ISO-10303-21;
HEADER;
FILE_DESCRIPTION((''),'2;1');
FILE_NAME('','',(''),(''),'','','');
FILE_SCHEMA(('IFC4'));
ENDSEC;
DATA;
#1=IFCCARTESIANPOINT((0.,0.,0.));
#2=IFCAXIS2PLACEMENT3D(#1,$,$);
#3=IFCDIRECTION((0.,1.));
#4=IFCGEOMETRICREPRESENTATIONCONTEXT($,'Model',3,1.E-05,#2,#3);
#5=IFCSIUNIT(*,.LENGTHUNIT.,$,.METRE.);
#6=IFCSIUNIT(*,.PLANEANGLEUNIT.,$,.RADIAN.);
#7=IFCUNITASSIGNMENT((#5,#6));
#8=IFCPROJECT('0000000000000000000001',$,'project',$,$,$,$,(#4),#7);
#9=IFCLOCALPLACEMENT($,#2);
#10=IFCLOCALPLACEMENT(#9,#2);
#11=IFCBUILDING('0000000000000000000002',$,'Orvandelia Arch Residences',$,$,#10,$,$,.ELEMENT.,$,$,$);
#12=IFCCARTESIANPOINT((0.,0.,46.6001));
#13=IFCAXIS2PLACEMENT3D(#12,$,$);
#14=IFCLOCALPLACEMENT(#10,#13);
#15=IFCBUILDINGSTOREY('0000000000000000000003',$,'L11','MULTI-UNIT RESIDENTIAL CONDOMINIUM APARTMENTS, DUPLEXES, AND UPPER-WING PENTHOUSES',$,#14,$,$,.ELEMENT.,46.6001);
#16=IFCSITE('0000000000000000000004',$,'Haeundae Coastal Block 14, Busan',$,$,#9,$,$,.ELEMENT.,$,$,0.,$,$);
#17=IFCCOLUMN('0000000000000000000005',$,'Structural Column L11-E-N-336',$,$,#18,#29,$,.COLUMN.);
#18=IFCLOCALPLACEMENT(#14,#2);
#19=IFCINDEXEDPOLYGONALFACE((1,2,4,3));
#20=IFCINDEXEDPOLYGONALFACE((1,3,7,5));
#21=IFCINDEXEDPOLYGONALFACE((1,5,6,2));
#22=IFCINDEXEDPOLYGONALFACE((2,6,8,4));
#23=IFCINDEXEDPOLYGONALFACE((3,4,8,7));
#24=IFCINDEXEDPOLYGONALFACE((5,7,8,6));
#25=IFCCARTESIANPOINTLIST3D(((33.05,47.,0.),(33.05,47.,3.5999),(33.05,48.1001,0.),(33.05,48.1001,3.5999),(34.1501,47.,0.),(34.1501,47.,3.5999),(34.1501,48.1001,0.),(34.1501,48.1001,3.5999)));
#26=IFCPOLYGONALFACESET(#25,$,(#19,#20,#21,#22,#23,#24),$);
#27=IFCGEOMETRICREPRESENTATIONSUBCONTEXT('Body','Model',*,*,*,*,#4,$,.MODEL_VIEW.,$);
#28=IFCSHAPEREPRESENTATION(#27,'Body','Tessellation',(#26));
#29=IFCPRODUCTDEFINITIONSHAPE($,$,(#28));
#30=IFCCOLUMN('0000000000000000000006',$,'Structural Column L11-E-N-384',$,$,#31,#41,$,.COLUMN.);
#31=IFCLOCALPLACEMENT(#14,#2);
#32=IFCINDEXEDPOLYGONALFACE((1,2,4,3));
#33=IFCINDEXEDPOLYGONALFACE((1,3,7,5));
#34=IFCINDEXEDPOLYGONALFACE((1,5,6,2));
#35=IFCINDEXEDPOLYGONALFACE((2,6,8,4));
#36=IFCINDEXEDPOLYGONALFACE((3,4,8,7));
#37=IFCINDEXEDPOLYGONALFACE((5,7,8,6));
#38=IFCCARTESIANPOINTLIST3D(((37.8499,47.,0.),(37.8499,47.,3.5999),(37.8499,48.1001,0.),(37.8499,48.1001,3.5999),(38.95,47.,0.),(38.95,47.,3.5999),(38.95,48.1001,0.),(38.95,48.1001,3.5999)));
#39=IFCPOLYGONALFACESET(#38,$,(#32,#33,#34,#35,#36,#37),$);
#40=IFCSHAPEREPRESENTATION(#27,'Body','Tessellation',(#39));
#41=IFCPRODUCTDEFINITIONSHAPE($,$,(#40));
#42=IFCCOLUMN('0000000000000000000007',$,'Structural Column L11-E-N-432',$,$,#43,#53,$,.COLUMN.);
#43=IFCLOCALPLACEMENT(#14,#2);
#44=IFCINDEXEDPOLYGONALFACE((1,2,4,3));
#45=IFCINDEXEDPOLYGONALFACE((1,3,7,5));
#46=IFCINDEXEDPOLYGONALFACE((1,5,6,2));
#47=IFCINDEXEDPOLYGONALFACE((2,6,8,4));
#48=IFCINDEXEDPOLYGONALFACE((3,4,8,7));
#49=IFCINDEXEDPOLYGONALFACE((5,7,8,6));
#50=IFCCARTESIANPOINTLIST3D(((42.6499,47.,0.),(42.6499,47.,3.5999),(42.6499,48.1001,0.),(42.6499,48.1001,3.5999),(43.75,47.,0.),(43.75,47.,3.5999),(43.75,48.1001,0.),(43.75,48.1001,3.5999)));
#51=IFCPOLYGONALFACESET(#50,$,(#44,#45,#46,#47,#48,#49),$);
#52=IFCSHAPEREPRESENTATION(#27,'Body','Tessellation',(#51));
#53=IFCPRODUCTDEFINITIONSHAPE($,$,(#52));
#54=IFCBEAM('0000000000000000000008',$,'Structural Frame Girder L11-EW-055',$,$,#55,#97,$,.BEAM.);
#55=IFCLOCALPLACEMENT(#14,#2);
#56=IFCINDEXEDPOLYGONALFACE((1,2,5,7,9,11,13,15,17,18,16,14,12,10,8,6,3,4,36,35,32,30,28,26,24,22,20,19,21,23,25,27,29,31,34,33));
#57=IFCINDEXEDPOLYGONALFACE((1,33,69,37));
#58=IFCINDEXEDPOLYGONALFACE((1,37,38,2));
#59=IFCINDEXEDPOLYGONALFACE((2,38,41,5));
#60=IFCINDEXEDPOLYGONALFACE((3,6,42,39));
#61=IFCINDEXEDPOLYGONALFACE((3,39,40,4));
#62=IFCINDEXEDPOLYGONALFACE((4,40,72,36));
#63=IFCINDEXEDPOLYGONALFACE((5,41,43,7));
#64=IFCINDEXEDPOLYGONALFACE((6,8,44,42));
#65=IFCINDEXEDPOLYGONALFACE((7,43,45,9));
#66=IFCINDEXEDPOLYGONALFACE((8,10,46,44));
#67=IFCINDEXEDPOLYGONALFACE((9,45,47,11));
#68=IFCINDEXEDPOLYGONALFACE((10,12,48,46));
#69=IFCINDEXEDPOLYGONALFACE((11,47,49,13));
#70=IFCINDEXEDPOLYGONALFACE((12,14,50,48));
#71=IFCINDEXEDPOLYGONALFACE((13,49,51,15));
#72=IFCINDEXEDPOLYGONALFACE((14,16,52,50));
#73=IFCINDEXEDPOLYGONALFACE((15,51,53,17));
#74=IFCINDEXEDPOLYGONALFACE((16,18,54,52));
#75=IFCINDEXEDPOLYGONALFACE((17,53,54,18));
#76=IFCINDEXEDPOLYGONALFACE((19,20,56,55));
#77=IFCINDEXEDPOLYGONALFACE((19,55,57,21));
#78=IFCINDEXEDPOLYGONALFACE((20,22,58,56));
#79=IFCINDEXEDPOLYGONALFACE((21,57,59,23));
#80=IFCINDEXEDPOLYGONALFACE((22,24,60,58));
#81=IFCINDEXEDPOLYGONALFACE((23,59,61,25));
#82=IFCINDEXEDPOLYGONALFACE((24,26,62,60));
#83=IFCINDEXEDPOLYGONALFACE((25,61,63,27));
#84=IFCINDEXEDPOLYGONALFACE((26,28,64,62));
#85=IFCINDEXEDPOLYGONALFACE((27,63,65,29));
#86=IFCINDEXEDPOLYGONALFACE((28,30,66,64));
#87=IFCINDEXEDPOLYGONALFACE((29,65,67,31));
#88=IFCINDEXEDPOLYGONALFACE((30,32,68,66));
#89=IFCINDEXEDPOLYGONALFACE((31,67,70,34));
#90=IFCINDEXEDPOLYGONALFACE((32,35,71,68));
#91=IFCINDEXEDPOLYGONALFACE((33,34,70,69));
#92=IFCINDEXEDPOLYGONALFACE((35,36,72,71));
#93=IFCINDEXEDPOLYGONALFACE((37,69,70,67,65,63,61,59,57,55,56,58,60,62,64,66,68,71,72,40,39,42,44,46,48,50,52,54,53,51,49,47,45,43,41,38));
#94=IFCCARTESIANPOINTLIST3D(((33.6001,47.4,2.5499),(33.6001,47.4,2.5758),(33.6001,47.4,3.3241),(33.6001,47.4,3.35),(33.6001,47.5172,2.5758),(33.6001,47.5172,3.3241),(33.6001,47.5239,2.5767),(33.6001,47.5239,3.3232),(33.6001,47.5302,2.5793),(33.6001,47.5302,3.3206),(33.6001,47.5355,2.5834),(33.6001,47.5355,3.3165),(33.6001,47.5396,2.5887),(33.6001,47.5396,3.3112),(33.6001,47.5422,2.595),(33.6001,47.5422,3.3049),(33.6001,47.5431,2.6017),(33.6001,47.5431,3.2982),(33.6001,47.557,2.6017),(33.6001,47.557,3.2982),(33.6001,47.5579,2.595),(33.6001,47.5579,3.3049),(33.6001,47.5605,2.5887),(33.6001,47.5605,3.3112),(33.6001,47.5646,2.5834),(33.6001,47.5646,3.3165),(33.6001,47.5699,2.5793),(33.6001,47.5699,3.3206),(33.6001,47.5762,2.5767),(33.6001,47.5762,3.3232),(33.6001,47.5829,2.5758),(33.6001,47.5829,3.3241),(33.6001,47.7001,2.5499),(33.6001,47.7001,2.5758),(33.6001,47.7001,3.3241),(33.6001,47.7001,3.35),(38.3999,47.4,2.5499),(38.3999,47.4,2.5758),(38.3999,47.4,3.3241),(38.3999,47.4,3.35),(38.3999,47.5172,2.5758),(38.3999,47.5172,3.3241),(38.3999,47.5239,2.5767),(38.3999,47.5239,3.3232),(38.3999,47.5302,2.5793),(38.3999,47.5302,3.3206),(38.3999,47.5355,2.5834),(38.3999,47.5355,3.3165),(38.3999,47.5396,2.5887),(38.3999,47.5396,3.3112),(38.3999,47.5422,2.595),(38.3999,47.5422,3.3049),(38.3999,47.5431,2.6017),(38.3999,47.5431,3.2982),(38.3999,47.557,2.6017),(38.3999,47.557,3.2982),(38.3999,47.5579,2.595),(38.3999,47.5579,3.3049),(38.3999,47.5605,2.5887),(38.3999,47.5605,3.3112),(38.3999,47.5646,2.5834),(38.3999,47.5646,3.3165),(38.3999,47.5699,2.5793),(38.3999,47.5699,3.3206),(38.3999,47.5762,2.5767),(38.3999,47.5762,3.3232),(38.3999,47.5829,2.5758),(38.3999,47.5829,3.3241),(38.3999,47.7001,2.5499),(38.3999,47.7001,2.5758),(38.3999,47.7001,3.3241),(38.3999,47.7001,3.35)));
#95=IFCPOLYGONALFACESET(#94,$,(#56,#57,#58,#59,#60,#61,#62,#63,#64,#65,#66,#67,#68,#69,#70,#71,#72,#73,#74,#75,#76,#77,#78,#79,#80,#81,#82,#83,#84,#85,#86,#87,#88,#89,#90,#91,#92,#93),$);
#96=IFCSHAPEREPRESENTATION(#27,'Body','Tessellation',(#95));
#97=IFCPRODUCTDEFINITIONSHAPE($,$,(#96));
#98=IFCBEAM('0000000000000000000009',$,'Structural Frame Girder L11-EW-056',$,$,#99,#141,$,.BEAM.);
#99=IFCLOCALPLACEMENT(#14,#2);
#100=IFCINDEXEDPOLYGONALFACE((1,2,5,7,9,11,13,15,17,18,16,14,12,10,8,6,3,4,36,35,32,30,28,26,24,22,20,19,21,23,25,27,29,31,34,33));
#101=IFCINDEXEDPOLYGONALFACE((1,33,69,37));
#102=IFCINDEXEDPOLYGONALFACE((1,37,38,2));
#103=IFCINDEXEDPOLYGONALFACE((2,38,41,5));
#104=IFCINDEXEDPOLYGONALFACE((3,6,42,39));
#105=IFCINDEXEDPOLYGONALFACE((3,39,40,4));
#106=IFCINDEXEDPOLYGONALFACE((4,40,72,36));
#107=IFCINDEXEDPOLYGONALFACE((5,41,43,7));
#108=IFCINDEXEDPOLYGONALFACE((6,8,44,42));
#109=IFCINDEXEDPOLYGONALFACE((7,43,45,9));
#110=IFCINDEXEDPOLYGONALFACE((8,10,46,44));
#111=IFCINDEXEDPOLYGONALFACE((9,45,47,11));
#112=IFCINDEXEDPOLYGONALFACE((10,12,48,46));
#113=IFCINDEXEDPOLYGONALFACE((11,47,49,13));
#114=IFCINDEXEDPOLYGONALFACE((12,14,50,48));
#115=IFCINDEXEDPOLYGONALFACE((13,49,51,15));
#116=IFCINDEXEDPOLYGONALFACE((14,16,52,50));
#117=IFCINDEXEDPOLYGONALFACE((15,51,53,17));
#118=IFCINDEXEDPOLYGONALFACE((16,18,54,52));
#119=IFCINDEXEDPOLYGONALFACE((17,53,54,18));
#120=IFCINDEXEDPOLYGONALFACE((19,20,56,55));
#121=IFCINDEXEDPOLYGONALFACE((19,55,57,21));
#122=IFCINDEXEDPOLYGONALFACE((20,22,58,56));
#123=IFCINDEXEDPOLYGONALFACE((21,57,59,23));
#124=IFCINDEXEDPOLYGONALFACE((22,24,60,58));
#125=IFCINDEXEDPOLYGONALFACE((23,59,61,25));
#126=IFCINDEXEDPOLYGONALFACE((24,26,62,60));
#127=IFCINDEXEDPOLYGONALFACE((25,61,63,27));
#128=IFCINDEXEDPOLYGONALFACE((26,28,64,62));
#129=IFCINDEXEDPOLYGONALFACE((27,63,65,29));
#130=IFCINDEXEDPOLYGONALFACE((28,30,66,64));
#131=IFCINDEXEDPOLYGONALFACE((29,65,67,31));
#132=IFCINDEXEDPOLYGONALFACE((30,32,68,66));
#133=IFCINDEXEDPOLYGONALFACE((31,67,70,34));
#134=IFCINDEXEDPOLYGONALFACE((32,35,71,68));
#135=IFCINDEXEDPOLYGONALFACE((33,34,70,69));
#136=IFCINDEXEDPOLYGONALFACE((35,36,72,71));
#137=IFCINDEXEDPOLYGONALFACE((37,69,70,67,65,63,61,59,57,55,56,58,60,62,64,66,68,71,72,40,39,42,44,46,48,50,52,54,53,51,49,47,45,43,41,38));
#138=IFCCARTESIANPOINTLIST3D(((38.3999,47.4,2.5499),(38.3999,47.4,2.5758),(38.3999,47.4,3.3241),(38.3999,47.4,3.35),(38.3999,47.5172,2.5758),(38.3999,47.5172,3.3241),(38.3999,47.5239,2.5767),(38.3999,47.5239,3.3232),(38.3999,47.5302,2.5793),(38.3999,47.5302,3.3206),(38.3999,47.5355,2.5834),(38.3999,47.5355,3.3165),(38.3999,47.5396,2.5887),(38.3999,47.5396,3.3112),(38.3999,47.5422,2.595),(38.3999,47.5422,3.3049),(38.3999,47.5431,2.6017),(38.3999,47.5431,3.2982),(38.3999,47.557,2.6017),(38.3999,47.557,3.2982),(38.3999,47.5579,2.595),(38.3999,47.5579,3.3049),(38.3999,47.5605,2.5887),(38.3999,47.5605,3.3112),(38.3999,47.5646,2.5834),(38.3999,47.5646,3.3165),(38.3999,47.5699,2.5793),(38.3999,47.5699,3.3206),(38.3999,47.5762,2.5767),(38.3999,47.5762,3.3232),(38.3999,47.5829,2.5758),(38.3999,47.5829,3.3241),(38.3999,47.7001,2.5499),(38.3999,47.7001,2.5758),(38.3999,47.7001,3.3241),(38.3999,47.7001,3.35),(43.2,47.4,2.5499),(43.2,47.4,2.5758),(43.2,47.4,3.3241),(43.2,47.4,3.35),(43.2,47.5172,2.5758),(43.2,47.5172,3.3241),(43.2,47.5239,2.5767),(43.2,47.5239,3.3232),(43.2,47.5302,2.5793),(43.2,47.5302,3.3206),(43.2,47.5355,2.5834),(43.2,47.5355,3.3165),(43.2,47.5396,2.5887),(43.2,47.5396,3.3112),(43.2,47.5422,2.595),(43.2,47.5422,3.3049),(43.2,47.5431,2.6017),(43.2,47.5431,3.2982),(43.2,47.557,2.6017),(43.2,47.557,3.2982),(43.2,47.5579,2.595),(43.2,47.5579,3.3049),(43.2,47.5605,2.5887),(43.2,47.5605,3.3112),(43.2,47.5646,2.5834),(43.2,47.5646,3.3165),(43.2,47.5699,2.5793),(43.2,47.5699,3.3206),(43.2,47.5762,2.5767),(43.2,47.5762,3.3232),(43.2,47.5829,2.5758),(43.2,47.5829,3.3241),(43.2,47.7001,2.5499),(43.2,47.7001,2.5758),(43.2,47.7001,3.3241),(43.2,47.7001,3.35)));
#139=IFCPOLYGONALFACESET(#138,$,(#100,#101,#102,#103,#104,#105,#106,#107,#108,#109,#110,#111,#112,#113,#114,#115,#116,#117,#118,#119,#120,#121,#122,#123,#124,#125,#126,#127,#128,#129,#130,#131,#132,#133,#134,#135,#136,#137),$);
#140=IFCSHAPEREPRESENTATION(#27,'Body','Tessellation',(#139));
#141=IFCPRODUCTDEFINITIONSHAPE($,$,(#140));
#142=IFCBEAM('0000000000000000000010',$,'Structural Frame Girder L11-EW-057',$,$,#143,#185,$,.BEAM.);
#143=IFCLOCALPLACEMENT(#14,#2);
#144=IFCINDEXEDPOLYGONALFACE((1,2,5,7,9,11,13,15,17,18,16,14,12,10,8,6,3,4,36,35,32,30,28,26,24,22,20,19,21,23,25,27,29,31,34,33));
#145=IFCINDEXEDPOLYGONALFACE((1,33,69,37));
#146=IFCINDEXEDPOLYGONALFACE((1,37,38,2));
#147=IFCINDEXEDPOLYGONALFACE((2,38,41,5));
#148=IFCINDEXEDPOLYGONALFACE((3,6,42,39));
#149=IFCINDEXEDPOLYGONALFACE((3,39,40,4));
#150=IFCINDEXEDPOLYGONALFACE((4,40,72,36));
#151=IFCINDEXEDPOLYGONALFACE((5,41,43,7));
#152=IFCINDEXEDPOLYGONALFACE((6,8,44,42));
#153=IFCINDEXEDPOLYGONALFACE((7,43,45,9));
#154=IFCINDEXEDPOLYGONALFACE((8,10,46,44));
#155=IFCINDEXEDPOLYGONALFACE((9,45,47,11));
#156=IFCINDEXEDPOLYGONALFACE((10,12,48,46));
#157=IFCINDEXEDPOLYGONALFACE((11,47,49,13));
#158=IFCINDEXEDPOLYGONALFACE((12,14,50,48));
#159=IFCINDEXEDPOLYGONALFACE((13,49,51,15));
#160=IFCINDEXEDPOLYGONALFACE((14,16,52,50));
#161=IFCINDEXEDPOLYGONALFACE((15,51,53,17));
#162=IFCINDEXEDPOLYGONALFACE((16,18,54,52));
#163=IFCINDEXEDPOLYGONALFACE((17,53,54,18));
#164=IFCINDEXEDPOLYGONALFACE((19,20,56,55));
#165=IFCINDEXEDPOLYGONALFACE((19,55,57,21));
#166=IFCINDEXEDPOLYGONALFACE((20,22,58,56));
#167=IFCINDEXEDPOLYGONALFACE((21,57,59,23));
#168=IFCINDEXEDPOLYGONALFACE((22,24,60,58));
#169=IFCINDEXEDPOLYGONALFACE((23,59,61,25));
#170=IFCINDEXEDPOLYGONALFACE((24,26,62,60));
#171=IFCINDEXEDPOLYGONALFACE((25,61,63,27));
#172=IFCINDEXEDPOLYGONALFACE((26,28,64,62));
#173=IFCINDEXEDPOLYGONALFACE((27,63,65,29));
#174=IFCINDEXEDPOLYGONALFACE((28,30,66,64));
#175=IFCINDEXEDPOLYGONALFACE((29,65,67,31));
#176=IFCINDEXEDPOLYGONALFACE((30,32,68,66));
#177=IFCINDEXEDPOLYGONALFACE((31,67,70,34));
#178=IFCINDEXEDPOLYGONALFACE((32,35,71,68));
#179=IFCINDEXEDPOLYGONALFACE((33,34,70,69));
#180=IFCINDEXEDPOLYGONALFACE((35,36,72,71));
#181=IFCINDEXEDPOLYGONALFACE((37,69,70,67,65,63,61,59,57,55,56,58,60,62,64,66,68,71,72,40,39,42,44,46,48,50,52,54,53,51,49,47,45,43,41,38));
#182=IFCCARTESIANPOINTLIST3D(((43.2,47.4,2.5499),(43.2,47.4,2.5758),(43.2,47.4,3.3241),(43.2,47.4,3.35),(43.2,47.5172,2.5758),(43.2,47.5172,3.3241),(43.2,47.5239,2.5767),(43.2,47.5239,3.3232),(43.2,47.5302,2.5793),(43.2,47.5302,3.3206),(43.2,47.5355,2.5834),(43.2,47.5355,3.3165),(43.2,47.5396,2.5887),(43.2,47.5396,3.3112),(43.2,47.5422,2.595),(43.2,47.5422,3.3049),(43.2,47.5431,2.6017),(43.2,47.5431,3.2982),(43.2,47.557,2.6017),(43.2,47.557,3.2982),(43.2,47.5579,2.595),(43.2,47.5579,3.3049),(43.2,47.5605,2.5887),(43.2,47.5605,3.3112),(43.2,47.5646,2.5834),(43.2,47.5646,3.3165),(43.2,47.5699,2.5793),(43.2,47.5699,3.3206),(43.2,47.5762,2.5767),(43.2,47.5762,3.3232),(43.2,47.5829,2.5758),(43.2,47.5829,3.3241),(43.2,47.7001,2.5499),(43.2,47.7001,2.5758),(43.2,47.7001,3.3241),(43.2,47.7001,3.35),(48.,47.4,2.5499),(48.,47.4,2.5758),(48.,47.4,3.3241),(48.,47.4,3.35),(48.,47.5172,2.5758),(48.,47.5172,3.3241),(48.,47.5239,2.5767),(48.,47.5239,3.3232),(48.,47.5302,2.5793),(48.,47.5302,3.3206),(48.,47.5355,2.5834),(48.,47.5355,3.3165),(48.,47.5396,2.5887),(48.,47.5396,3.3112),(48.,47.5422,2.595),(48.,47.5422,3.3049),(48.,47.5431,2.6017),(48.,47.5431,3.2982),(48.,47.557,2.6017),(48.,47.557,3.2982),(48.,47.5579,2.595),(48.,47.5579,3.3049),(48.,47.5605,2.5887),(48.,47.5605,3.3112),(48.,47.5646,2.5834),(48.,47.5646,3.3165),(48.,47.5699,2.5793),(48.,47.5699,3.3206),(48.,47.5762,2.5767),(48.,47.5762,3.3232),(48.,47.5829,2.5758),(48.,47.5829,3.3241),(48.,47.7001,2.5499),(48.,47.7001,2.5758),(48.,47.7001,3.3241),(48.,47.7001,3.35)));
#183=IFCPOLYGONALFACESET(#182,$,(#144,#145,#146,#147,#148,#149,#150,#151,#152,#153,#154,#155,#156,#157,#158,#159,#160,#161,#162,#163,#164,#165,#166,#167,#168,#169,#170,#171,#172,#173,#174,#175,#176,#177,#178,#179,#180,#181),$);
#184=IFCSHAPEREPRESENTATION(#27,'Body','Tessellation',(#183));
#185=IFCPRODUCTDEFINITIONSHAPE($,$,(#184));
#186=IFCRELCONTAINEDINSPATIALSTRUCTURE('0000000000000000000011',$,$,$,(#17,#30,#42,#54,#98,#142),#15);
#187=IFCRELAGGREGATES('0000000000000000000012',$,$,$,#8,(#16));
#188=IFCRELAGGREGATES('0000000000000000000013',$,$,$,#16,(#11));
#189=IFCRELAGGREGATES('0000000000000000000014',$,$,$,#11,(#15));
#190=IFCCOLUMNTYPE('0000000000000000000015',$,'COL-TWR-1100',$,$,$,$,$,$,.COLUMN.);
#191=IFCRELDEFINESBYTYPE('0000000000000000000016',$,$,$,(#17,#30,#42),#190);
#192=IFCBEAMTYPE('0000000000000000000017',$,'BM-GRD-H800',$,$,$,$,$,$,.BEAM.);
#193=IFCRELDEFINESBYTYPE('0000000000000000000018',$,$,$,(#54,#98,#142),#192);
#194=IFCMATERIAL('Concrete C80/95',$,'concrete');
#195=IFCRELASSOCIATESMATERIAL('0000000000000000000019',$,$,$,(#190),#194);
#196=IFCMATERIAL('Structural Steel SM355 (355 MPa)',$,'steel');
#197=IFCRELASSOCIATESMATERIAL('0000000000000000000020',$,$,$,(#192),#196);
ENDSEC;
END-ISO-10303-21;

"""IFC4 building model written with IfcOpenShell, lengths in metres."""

from ifc_helpers import new_model, si_unit, direction, frame, origin, origin_2d, place, context, subcontext, project, spatial, rectangle, i_section, extrude, material, material_profile, profile_set, type_object, element, save


model = new_model("IFC4")

# Units and contexts
model_context = context("Model", 3, precision=1e-05, world=origin(), true_north=direction((0.0, 1.0)))
body_context = subcontext(model_context, "Body", "Model", "MODEL_VIEW")
ifc_project = project(units=[si_unit("LENGTHUNIT", "METRE"), si_unit("PLANEANGLEUNIT", "RADIAN")], contexts=[model_context])

# Site, building, storey
site_placement = place(None, origin())
site = spatial("IfcSite", under=ifc_project, at=site_placement, Name="Haeundae Coastal Block 14, Busan", CompositionType="ELEMENT", RefElevation=0.0)
building_placement = place(site_placement, origin())
building = spatial("IfcBuilding", under=site, at=building_placement, Name="Orvandelia Arch Residences", CompositionType="ELEMENT")
storey_placement = place(building_placement, frame((0.0, 0.0, 46.6001)))
storey = spatial("IfcBuildingStorey", under=building, at=storey_placement, Name="L11", Description="MULTI-UNIT RESIDENTIAL CONDOMINIUM APARTMENTS, DUPLEXES, AND UPPER-WING PENTHOUSES", CompositionType="ELEMENT", Elevation=46.6001)

# Columns
ifc_material_1 = material(Name="Concrete C80/95", Category="concrete")
ifc_material_profile_1 = material_profile(ifc_material_1, rectangle(XDim=1.1001, YDim=1.1001, at=origin_2d()), Name="Concrete C80/95", Category="concrete")
ifc_profile_set_1 = profile_set([ifc_material_profile_1], Name="Concrete C80/95")
column_type = type_object("IfcColumnType", Name="COL-TWR-1100", PredefinedType="COLUMN", material=ifc_profile_set_1)
for number, where, z_axis, x_axis, name in (
    (1, (33.6001, 47.55, 0.0), (0.0, 0.0, 1.0), (1.0, 0.0, 0.0), "Structural Column L11-E-N-336"),
    (2, (38.3999, 47.55, 0.0), (0.0, 0.0, 1.0), (1.0, 0.0, 0.0), "Structural Column L11-E-N-384"),
    (3, (43.2, 47.55, 0.0), (0.0, 0.0, 1.0), (1.0, 0.0, 0.0), "Structural Column L11-E-N-432"),
):
    element("IfcColumn", number, at=place(storey_placement, frame(where, z_axis=z_axis, x_axis=x_axis)), inside=storey, type_object=column_type, Name=name, PredefinedType="COLUMN", context=body_context, shape_type="SweptSolid", body=[
        extrude(rectangle(XDim=1.1001, YDim=1.1001, at=origin_2d()), origin(), (0.0, 0.0, 1.0), 3.5999),
    ])

# Beams
ifc_material_2 = material(Name="Structural Steel SM355 (355 MPa)", Category="steel")
ifc_material_profile_2 = material_profile(ifc_material_2, i_section(OverallWidth=0.3, OverallDepth=0.8, WebThickness=0.0139, FlangeThickness=0.0259, FilletRadius=0.0259, at=origin_2d()), Name="Structural Steel SM355 (355 MPa)", Category="steel")
ifc_profile_set_2 = profile_set([ifc_material_profile_2], Name="Structural Steel SM355 (355 MPa)")
beam_type = type_object("IfcBeamType", Name="BM-GRD-H800", PredefinedType="BEAM", material=ifc_profile_set_2)
beam_placement = place(storey_placement, frame((33.6001, 47.55, 2.95), z_axis=(1.0, 0.0, 0.0), x_axis=(0.0, 1.0, 0.0)))
element("IfcBeam", 4, at=beam_placement, inside=storey, type_object=beam_type, Name="Structural Frame Girder L11-EW-055", PredefinedType="BEAM", context=body_context, shape_type="SweptSolid", body=[
    extrude(i_section(OverallWidth=0.3, OverallDepth=0.8, WebThickness=0.0139, FlangeThickness=0.0259, FilletRadius=0.0259, at=origin_2d()), origin(), (0.0, 0.0, 1.0), 4.7998),
])
for number, where, z_axis, x_axis, name in (
    (5, (38.3999, 47.55, 2.95), (1.0, 0.0, 0.0), (0.0, 1.0, 0.0), "Structural Frame Girder L11-EW-056"),
    (6, (43.2, 47.55, 2.95), (1.0, 0.0, 0.0), (0.0, 1.0, 0.0), "Structural Frame Girder L11-EW-057"),
):
    element("IfcBeam", number, at=place(storey_placement, frame(where, z_axis=z_axis, x_axis=x_axis)), inside=storey, type_object=beam_type, Name=name, PredefinedType="BEAM", context=body_context, shape_type="SweptSolid", body=[
        extrude(i_section(OverallWidth=0.3, OverallDepth=0.8, WebThickness=0.0139, FlangeThickness=0.0259, FilletRadius=0.0259, at=origin_2d()), origin(), (0.0, 0.0, 1.0), 4.8),
    ])

save(model, "model.ifc")
